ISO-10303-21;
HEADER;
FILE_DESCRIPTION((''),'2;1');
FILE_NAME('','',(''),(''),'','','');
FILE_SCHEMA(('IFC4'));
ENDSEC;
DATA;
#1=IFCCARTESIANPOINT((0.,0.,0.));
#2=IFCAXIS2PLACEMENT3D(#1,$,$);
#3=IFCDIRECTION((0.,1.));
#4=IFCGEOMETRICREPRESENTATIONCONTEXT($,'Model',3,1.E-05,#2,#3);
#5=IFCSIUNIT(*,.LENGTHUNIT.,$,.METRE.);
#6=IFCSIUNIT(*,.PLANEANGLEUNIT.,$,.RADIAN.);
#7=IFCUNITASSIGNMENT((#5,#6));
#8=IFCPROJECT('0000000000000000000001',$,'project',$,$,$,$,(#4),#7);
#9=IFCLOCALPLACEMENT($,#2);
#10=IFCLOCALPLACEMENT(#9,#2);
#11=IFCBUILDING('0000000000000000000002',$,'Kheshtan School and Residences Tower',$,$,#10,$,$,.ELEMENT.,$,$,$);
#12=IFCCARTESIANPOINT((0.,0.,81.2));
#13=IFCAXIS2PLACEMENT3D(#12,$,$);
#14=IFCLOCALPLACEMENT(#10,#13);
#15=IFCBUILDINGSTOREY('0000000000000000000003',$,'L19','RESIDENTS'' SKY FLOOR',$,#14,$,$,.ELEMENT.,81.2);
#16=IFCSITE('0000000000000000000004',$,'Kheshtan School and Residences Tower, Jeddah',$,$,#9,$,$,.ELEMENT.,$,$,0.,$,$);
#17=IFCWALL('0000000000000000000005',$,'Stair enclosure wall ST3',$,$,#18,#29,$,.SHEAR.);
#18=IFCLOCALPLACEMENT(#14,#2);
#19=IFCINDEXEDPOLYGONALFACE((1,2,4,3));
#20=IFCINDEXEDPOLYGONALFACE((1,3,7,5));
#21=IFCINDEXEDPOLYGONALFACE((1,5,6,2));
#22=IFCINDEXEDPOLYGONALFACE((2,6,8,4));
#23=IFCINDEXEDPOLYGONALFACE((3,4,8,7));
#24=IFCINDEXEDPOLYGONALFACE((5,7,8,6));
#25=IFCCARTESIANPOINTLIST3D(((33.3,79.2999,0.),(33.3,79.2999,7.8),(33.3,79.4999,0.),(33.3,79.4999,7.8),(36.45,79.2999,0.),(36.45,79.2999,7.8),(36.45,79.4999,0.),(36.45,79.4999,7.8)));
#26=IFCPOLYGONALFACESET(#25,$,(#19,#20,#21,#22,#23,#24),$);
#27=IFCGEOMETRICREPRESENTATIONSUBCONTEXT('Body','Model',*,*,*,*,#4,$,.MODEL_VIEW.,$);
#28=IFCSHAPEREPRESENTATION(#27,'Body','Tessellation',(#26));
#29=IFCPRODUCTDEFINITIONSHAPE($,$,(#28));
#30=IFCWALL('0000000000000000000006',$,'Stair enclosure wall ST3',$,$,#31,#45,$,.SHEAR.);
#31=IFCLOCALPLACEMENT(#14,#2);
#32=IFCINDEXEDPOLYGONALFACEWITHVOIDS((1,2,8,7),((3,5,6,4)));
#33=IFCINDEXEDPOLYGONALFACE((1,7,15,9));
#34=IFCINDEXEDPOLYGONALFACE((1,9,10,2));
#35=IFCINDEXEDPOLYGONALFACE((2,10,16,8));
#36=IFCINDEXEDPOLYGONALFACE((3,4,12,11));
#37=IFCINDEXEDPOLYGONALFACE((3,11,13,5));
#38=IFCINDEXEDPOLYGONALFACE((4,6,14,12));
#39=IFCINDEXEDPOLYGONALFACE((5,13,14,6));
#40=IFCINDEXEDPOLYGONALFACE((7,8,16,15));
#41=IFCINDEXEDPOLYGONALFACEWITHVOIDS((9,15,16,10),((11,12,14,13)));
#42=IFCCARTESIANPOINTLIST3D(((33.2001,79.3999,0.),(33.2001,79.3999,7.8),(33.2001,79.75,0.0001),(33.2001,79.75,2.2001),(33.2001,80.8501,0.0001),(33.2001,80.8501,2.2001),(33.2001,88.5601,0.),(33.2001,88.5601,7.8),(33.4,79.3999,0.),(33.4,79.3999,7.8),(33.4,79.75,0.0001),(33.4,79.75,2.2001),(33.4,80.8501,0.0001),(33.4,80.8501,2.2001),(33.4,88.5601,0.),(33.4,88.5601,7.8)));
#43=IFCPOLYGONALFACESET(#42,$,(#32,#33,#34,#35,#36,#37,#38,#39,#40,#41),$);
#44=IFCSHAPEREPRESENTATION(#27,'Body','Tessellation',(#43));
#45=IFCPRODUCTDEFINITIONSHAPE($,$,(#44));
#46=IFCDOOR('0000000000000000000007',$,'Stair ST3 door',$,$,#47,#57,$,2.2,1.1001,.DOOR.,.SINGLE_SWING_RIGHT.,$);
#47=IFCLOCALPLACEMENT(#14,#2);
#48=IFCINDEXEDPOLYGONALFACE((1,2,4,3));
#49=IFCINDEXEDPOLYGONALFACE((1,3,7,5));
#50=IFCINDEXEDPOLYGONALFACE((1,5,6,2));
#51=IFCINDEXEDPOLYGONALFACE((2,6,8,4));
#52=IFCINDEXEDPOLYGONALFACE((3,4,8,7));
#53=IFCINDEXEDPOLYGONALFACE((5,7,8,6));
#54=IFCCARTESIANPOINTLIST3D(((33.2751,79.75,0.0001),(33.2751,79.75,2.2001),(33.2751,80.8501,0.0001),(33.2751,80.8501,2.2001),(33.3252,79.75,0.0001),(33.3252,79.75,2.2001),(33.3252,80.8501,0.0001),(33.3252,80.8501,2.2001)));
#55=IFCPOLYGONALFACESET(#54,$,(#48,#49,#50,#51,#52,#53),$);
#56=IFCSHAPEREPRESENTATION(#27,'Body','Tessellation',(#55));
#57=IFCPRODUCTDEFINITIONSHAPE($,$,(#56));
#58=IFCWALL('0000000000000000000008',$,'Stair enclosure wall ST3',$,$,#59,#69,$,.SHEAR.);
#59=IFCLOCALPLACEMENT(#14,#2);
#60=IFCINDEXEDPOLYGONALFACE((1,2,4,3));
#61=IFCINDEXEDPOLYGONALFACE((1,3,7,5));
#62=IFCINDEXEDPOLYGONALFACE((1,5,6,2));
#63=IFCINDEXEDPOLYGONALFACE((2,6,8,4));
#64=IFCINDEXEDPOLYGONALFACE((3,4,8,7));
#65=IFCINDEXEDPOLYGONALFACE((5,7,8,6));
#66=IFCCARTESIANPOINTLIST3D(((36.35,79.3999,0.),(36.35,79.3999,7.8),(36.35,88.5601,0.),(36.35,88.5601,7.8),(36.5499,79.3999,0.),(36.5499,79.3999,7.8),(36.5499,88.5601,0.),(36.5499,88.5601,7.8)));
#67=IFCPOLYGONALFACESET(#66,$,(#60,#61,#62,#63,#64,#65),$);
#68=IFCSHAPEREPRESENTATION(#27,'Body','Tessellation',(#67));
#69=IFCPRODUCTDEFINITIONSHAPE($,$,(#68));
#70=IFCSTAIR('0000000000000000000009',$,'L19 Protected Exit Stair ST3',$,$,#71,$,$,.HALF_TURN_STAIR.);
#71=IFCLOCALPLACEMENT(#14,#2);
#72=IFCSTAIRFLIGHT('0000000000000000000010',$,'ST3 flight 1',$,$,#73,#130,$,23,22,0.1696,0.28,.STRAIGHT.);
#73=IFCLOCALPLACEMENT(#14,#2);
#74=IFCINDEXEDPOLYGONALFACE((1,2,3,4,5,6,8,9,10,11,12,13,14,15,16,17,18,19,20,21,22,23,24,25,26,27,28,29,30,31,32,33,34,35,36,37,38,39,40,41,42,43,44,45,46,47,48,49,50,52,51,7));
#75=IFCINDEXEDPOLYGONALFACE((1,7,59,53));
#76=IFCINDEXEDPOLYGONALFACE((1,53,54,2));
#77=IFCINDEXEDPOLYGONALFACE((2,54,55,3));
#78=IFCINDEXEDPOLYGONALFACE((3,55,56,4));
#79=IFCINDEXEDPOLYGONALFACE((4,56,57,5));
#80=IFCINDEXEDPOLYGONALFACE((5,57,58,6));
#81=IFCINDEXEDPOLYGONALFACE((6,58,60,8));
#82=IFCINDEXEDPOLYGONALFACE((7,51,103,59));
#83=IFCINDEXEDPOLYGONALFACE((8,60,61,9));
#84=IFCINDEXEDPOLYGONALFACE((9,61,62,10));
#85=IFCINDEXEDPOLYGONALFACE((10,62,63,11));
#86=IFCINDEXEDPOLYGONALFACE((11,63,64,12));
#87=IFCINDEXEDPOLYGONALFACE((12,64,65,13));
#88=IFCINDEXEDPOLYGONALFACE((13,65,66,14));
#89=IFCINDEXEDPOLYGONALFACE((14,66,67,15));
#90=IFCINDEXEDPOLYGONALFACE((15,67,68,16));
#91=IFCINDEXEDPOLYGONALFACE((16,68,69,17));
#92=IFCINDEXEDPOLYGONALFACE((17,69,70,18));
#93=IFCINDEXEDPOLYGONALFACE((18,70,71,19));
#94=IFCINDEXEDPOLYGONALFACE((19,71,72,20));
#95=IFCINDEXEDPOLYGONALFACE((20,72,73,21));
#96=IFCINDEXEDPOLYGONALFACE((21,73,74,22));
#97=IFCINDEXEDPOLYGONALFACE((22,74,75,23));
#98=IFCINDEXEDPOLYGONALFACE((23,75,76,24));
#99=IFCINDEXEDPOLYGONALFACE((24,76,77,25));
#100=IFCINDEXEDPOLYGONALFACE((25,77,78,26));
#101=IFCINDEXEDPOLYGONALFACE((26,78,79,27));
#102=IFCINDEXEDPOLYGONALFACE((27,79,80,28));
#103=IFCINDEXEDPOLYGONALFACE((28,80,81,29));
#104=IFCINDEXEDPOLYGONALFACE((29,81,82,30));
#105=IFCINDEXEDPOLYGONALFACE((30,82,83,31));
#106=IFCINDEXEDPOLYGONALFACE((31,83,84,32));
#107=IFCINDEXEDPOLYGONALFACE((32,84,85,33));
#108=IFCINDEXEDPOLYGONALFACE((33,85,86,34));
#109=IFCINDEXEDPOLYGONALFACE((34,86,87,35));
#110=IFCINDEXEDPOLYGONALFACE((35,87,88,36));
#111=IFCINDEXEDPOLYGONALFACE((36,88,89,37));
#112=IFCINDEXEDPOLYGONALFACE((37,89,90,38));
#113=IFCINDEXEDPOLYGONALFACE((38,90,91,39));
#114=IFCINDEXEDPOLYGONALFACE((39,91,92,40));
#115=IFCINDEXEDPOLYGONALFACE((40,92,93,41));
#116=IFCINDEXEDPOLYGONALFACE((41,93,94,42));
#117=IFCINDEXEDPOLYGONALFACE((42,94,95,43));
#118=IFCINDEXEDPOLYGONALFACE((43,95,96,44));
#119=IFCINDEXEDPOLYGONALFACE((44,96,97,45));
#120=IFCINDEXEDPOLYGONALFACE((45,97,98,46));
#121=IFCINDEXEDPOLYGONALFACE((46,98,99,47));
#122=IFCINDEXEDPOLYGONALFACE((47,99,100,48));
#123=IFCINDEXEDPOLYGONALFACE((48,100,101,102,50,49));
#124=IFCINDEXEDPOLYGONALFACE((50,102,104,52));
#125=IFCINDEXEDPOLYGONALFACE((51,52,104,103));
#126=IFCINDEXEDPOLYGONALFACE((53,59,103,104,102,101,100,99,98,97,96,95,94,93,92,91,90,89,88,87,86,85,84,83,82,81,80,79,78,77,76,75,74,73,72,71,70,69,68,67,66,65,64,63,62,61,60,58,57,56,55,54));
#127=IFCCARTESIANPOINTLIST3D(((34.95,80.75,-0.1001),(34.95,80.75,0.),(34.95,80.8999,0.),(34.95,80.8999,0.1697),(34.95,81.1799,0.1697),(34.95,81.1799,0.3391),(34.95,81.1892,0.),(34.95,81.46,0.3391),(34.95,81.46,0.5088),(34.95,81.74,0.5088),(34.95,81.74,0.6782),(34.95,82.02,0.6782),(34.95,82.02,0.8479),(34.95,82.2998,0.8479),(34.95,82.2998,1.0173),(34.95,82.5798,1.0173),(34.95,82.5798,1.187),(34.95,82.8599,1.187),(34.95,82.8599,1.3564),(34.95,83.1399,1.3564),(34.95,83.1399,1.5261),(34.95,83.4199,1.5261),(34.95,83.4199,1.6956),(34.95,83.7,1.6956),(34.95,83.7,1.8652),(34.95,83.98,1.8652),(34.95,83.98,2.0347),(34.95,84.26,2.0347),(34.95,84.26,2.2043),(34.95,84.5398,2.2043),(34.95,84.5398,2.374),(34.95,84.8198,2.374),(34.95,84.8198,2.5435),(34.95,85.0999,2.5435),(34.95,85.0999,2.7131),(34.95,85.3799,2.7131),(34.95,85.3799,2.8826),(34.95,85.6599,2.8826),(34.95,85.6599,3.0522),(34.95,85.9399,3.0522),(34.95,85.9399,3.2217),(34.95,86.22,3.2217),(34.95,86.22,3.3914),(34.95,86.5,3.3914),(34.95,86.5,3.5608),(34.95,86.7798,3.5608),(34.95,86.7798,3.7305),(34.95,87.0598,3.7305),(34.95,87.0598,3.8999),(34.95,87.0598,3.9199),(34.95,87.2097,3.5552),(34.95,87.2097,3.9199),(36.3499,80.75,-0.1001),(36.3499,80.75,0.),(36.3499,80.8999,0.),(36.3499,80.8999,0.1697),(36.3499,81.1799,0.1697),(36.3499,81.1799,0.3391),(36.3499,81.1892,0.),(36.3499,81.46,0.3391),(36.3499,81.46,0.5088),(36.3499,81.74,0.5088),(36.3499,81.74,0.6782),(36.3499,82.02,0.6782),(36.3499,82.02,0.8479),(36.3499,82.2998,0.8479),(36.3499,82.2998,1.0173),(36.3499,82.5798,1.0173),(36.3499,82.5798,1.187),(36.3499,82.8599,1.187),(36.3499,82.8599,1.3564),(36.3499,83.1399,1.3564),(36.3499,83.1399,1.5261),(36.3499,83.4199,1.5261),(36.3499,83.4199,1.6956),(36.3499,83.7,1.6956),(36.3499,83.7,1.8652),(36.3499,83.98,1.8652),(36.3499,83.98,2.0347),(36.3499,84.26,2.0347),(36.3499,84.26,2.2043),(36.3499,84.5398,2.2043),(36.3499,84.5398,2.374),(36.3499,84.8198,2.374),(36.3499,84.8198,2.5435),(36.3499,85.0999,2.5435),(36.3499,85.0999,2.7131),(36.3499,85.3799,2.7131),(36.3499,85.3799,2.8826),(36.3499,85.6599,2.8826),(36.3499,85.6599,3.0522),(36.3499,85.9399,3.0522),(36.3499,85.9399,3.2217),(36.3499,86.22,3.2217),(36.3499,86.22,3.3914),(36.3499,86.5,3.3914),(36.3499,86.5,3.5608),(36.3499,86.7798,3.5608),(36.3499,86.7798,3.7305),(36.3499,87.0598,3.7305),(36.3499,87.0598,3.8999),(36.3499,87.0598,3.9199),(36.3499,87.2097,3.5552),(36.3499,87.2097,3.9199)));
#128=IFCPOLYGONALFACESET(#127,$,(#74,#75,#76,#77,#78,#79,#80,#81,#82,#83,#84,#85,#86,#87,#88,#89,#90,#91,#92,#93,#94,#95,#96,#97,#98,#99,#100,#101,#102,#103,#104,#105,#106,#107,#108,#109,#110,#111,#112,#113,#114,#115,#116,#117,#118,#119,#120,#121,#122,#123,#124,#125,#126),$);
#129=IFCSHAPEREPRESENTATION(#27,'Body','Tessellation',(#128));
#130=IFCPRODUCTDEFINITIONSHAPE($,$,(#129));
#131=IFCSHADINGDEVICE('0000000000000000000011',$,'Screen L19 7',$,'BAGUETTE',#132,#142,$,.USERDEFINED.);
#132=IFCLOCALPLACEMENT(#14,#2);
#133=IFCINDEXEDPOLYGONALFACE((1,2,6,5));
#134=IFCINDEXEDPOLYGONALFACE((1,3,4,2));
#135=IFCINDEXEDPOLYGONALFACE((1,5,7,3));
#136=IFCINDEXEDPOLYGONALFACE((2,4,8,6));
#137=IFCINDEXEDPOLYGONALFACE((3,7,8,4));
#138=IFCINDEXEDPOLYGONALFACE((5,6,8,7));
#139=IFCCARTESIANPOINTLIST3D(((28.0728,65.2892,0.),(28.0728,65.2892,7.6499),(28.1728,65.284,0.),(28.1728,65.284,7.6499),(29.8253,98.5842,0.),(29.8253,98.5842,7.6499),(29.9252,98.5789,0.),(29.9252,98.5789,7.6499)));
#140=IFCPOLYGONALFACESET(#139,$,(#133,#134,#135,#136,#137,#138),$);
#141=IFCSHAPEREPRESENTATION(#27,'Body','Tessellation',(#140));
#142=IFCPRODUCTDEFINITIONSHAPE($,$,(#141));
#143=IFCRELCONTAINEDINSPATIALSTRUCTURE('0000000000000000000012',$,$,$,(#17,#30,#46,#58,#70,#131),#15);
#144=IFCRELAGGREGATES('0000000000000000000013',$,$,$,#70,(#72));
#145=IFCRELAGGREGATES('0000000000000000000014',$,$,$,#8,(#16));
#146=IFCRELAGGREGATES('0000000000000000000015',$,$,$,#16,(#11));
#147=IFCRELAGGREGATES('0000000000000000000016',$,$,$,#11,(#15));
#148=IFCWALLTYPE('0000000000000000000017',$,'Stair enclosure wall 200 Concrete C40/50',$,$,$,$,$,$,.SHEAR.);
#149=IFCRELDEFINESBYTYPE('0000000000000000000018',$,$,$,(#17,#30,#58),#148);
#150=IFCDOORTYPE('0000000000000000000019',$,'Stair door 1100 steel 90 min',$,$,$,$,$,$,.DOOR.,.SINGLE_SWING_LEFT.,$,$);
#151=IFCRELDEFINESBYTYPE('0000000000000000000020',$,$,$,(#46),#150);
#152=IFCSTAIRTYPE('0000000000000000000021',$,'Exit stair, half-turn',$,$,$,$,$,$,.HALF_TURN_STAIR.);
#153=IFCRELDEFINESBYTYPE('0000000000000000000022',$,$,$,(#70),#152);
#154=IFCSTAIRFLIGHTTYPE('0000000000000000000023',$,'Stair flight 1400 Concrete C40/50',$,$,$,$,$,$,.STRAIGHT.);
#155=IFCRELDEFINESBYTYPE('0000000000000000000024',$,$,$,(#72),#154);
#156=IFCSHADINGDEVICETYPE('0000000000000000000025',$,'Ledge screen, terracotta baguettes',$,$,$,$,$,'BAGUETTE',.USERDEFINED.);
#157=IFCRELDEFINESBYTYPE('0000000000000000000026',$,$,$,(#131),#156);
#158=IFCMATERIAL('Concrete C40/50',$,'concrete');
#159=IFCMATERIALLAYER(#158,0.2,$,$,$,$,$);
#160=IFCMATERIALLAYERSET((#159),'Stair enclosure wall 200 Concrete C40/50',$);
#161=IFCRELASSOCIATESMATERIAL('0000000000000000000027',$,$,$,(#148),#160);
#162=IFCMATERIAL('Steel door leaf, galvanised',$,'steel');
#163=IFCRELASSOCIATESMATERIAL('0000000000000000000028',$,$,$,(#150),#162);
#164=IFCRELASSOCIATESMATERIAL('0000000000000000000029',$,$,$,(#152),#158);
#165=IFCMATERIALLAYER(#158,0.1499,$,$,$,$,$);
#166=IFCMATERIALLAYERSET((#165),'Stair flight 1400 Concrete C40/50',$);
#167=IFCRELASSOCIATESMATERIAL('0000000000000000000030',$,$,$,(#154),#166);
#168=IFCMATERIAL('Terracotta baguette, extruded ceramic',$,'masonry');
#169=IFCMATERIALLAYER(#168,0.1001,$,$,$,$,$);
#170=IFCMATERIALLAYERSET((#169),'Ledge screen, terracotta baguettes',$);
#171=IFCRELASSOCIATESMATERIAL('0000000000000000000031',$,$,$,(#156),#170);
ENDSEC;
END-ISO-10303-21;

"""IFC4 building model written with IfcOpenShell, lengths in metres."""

from ifc_helpers import new_model, si_unit, direction, frame, frame_2d, origin, origin_2d, place, context, subcontext, project, spatial, polyline, rectangle, outline, extrude, source, transform, mapped, material, layer, layer_set, type_object, element, fill, aggregate, save


model = new_model("IFC4")

# Units and contexts
model_context = context("Model", 3, precision=1e-05, world=origin(), true_north=direction((0.0, 1.0)))
body_context = subcontext(model_context, "Body", "Model", "MODEL_VIEW")
ifc_project = project(units=[si_unit("LENGTHUNIT", "METRE"), si_unit("PLANEANGLEUNIT", "RADIAN")], contexts=[model_context])

# Site, building, storey
site_placement = place(None, origin())
site = spatial("IfcSite", under=ifc_project, at=site_placement, Name="Kheshtan School and Residences Tower, Jeddah", CompositionType="ELEMENT", RefElevation=0.0)
building_placement = place(site_placement, origin())
building = spatial("IfcBuilding", under=site, at=building_placement, Name="Kheshtan School and Residences Tower", CompositionType="ELEMENT")
storey_placement = place(building_placement, frame((0.0, 0.0, 81.2)))
storey = spatial("IfcBuildingStorey", under=building, at=storey_placement, Name="L19", Description="RESIDENTS' SKY FLOOR", CompositionType="ELEMENT", Elevation=81.2)

# Wall
ifc_material_1 = material(Name="Concrete C40/50", Category="concrete")
ifc_layer_1 = layer(ifc_material_1, 0.2)
ifc_layer_set_1 = layer_set([ifc_layer_1], Name="Stair enclosure wall 200 Concrete C40/50")
wall_type_1 = type_object("IfcWallType", Name="Stair enclosure wall 200 Concrete C40/50", PredefinedType="SHEAR", material=ifc_layer_set_1)
wall_1_placement = place(storey_placement, frame((33.3, 79.3999, 0.0), z_axis=(0.0, 0.0, 1.0), x_axis=(1.0, 0.0, 0.0)))
element("IfcWall", 1, at=wall_1_placement, inside=storey, type_object=wall_type_1, Name="Stair enclosure wall ST3", PredefinedType="SHEAR", context=body_context, shape_type="SweptSolid", body=[
    extrude(rectangle(XDim=3.1499, YDim=0.2, at=frame_2d((1.575, 0.0))), origin(), (0.0, 0.0, 1.0), 7.8),
])

# Wall, opening, door
wall_2_placement = place(storey_placement, frame((33.3, 79.3999, 0.0), z_axis=(0.0, 0.0, 1.0), x_axis=(0.0, 1.0, 0.0)))
wall_2 = element("IfcWall", 2, at=wall_2_placement, inside=storey, type_object=wall_type_1, Name="Stair enclosure wall ST3", PredefinedType="SHEAR", context=body_context, shape_type="SweptSolid", body=[
    extrude(rectangle(XDim=9.1602, YDim=0.2, at=frame_2d((4.5801, 0.0))), origin(), (0.0, 0.0, 1.0), 7.8),
])
opening_1_placement = place(wall_2_placement, frame((0.3501, 0.0, 0.0)))
opening_1 = element("IfcOpeningElement", 3, at=opening_1_placement, cuts=wall_2, PredefinedType="OPENING", context=body_context, shape_type="SweptSolid", body=[
    extrude(rectangle(XDim=1.1001, YDim=2.2, at=frame_2d((0.55, 1.1001))), frame((0.0, 0.1099, 0.0), z_axis=(0.0, -1.0, 0.0), x_axis=(1.0, 0.0, 0.0)), (0.0, 0.0, 1.0), 0.22),
])
ifc_material_2 = material(Name="Steel door leaf, galvanised", Category="steel")
door_type_1 = type_object("IfcDoorType", Name="Stair door 1100 steel 90 min", OperationType="SINGLE_SWING_LEFT", PredefinedType="DOOR", material=ifc_material_2)
shared_shape_1 = source(origin(), body_context, "Body", "SweptSolid", [
    extrude(rectangle(XDim=1.1001, YDim=2.2, at=frame_2d((0.55, 1.1001))), frame((0.0, 0.0249, 0.0), z_axis=(0.0, -1.0, 0.0), x_axis=(1.0, 0.0, 0.0)), (0.0, 0.0, 1.0), 0.05),
])
door_1_placement = place(opening_1_placement, origin())
door_1 = element("IfcDoor", 4, at=door_1_placement, inside=storey, type_object=door_type_1, Name="Stair ST3 door", OperationType="SINGLE_SWING_RIGHT", OverallHeight=2.2, OverallWidth=1.1001, PredefinedType="DOOR", context=body_context, shape_type="MappedRepresentation", body=[
    mapped(shared_shape_1, transform((0.0, 0.0, 0.0), x_axis=(1.0, 0.0, 0.0), y_axis=(0.0, 1.0, 0.0), z_axis=(0.0, 0.0, 1.0), scale=1.0)),
])
fill(opening_1, door_1)

# Wall
wall_3_placement = place(storey_placement, frame((36.45, 79.3999, 0.0), z_axis=(0.0, 0.0, 1.0), x_axis=(0.0, 1.0, 0.0)))
element("IfcWall", 5, at=wall_3_placement, inside=storey, type_object=wall_type_1, Name="Stair enclosure wall ST3", PredefinedType="SHEAR", context=body_context, shape_type="SweptSolid", body=[
    extrude(rectangle(XDim=9.1602, YDim=0.2, at=frame_2d((4.5801, 0.0))), origin(), (0.0, 0.0, 1.0), 7.8),
])

# Stair, stair flight
stair_type = type_object("IfcStairType", Name="Exit stair, half-turn", PredefinedType="HALF_TURN_STAIR", material=ifc_material_1)
stair_placement = place(storey_placement, origin())
stair = element("IfcStair", 6, at=stair_placement, inside=storey, type_object=stair_type, Name="L19 Protected Exit Stair ST3", PredefinedType="HALF_TURN_STAIR")
ifc_layer_2 = layer(ifc_material_1, 0.1499)
ifc_layer_set_2 = layer_set([ifc_layer_2], Name="Stair flight 1400 Concrete C40/50")
stair_flight_type = type_object("IfcStairFlightType", Name="Stair flight 1400 Concrete C40/50", PredefinedType="STRAIGHT", material=ifc_layer_set_2)
stair_flight_placement = place(storey_placement, frame((35.6499, 80.8999, 0.0), z_axis=(0.0, 0.0, 1.0), x_axis=(0.0, 1.0, 0.0)))
stair_flight = element("IfcStairFlight", 7, at=stair_flight_placement, type_object=stair_flight_type, Name="ST3 flight 1", NumberOfRisers=23, NumberOfTreads=22, PredefinedType="STRAIGHT", RiserHeight=0.1696, TreadLength=0.28, context=body_context, shape_type="SweptSolid", body=[
    extrude(outline(polyline([(-0.1499, -0.1001), (-0.1499, 0.0), (0.0, 0.0), (0.0, 0.1697), (0.28, 0.1697), (0.28, 0.3391), (0.5601, 0.3391), (0.5601, 0.5088), (0.8401, 0.5088), (0.8401, 0.6782), (1.1201, 0.6782), (1.1201, 0.8479), (1.3999, 0.8479), (1.3999, 1.0173), (1.6799, 1.0173), (1.6799, 1.187), (1.96, 1.187), (1.96, 1.3564), (2.24, 1.3564), (2.24, 1.5261), (2.52, 1.5261), (2.52, 1.6956), (2.8, 1.6956), (2.8, 1.8652), (3.0801, 1.8652), (3.0801, 2.0347), (3.3601, 2.0347), (3.3601, 2.2043), (3.6399, 2.2043), (3.6399, 2.374), (3.9199, 2.374), (3.9199, 2.5435), (4.2, 2.5435), (4.2, 2.7131), (4.48, 2.7131), (4.48, 2.8826), (4.76, 2.8826), (4.76, 3.0522), (5.04, 3.0522), (5.04, 3.2217), (5.3201, 3.2217), (5.3201, 3.3914), (5.6001, 3.3914), (5.6001, 3.5608), (5.8799, 3.5608), (5.8799, 3.7305), (6.1599, 3.7305), (6.1599, 3.8999), (6.1599, 3.9199), (6.3098, 3.9199), (6.3098, 3.5552), (0.2893, 0.0), (-0.1499, -0.1001)])), frame((0.0, 0.7, 0.0), z_axis=(0.0, -1.0, 0.0), x_axis=(1.0, 0.0, 0.0)), (0.0, 0.0, 1.0), 1.3999),
])
aggregate(stair, [stair_flight])

# Shading device
ifc_material_3 = material(Name="Terracotta baguette, extruded ceramic", Category="masonry")
ifc_layer_3 = layer(ifc_material_3, 0.1001)
ifc_layer_set_3 = layer_set([ifc_layer_3], Name="Ledge screen, terracotta baguettes")
shading_device_type = type_object("IfcShadingDeviceType", Name="Ledge screen, terracotta baguettes", ElementType="BAGUETTE", PredefinedType="USERDEFINED", material=ifc_layer_set_3)
shading_device_placement = place(storey_placement, frame((28.999, 81.9341, 0.0), z_axis=(0.0, 0.0, 1.0), x_axis=(0.052563, 0.998618, 0.0)))
element("IfcShadingDevice", 8, at=shading_device_placement, inside=storey, type_object=shading_device_type, Name="Screen L19 7", ObjectType="BAGUETTE", PredefinedType="USERDEFINED", context=body_context, shape_type="SweptSolid", body=[
    extrude(rectangle(XDim=33.3411, YDim=0.1001, at=origin_2d()), origin(), (0.0, 0.0, 1.0), 7.6499),
])

save(model, "model.ifc")
